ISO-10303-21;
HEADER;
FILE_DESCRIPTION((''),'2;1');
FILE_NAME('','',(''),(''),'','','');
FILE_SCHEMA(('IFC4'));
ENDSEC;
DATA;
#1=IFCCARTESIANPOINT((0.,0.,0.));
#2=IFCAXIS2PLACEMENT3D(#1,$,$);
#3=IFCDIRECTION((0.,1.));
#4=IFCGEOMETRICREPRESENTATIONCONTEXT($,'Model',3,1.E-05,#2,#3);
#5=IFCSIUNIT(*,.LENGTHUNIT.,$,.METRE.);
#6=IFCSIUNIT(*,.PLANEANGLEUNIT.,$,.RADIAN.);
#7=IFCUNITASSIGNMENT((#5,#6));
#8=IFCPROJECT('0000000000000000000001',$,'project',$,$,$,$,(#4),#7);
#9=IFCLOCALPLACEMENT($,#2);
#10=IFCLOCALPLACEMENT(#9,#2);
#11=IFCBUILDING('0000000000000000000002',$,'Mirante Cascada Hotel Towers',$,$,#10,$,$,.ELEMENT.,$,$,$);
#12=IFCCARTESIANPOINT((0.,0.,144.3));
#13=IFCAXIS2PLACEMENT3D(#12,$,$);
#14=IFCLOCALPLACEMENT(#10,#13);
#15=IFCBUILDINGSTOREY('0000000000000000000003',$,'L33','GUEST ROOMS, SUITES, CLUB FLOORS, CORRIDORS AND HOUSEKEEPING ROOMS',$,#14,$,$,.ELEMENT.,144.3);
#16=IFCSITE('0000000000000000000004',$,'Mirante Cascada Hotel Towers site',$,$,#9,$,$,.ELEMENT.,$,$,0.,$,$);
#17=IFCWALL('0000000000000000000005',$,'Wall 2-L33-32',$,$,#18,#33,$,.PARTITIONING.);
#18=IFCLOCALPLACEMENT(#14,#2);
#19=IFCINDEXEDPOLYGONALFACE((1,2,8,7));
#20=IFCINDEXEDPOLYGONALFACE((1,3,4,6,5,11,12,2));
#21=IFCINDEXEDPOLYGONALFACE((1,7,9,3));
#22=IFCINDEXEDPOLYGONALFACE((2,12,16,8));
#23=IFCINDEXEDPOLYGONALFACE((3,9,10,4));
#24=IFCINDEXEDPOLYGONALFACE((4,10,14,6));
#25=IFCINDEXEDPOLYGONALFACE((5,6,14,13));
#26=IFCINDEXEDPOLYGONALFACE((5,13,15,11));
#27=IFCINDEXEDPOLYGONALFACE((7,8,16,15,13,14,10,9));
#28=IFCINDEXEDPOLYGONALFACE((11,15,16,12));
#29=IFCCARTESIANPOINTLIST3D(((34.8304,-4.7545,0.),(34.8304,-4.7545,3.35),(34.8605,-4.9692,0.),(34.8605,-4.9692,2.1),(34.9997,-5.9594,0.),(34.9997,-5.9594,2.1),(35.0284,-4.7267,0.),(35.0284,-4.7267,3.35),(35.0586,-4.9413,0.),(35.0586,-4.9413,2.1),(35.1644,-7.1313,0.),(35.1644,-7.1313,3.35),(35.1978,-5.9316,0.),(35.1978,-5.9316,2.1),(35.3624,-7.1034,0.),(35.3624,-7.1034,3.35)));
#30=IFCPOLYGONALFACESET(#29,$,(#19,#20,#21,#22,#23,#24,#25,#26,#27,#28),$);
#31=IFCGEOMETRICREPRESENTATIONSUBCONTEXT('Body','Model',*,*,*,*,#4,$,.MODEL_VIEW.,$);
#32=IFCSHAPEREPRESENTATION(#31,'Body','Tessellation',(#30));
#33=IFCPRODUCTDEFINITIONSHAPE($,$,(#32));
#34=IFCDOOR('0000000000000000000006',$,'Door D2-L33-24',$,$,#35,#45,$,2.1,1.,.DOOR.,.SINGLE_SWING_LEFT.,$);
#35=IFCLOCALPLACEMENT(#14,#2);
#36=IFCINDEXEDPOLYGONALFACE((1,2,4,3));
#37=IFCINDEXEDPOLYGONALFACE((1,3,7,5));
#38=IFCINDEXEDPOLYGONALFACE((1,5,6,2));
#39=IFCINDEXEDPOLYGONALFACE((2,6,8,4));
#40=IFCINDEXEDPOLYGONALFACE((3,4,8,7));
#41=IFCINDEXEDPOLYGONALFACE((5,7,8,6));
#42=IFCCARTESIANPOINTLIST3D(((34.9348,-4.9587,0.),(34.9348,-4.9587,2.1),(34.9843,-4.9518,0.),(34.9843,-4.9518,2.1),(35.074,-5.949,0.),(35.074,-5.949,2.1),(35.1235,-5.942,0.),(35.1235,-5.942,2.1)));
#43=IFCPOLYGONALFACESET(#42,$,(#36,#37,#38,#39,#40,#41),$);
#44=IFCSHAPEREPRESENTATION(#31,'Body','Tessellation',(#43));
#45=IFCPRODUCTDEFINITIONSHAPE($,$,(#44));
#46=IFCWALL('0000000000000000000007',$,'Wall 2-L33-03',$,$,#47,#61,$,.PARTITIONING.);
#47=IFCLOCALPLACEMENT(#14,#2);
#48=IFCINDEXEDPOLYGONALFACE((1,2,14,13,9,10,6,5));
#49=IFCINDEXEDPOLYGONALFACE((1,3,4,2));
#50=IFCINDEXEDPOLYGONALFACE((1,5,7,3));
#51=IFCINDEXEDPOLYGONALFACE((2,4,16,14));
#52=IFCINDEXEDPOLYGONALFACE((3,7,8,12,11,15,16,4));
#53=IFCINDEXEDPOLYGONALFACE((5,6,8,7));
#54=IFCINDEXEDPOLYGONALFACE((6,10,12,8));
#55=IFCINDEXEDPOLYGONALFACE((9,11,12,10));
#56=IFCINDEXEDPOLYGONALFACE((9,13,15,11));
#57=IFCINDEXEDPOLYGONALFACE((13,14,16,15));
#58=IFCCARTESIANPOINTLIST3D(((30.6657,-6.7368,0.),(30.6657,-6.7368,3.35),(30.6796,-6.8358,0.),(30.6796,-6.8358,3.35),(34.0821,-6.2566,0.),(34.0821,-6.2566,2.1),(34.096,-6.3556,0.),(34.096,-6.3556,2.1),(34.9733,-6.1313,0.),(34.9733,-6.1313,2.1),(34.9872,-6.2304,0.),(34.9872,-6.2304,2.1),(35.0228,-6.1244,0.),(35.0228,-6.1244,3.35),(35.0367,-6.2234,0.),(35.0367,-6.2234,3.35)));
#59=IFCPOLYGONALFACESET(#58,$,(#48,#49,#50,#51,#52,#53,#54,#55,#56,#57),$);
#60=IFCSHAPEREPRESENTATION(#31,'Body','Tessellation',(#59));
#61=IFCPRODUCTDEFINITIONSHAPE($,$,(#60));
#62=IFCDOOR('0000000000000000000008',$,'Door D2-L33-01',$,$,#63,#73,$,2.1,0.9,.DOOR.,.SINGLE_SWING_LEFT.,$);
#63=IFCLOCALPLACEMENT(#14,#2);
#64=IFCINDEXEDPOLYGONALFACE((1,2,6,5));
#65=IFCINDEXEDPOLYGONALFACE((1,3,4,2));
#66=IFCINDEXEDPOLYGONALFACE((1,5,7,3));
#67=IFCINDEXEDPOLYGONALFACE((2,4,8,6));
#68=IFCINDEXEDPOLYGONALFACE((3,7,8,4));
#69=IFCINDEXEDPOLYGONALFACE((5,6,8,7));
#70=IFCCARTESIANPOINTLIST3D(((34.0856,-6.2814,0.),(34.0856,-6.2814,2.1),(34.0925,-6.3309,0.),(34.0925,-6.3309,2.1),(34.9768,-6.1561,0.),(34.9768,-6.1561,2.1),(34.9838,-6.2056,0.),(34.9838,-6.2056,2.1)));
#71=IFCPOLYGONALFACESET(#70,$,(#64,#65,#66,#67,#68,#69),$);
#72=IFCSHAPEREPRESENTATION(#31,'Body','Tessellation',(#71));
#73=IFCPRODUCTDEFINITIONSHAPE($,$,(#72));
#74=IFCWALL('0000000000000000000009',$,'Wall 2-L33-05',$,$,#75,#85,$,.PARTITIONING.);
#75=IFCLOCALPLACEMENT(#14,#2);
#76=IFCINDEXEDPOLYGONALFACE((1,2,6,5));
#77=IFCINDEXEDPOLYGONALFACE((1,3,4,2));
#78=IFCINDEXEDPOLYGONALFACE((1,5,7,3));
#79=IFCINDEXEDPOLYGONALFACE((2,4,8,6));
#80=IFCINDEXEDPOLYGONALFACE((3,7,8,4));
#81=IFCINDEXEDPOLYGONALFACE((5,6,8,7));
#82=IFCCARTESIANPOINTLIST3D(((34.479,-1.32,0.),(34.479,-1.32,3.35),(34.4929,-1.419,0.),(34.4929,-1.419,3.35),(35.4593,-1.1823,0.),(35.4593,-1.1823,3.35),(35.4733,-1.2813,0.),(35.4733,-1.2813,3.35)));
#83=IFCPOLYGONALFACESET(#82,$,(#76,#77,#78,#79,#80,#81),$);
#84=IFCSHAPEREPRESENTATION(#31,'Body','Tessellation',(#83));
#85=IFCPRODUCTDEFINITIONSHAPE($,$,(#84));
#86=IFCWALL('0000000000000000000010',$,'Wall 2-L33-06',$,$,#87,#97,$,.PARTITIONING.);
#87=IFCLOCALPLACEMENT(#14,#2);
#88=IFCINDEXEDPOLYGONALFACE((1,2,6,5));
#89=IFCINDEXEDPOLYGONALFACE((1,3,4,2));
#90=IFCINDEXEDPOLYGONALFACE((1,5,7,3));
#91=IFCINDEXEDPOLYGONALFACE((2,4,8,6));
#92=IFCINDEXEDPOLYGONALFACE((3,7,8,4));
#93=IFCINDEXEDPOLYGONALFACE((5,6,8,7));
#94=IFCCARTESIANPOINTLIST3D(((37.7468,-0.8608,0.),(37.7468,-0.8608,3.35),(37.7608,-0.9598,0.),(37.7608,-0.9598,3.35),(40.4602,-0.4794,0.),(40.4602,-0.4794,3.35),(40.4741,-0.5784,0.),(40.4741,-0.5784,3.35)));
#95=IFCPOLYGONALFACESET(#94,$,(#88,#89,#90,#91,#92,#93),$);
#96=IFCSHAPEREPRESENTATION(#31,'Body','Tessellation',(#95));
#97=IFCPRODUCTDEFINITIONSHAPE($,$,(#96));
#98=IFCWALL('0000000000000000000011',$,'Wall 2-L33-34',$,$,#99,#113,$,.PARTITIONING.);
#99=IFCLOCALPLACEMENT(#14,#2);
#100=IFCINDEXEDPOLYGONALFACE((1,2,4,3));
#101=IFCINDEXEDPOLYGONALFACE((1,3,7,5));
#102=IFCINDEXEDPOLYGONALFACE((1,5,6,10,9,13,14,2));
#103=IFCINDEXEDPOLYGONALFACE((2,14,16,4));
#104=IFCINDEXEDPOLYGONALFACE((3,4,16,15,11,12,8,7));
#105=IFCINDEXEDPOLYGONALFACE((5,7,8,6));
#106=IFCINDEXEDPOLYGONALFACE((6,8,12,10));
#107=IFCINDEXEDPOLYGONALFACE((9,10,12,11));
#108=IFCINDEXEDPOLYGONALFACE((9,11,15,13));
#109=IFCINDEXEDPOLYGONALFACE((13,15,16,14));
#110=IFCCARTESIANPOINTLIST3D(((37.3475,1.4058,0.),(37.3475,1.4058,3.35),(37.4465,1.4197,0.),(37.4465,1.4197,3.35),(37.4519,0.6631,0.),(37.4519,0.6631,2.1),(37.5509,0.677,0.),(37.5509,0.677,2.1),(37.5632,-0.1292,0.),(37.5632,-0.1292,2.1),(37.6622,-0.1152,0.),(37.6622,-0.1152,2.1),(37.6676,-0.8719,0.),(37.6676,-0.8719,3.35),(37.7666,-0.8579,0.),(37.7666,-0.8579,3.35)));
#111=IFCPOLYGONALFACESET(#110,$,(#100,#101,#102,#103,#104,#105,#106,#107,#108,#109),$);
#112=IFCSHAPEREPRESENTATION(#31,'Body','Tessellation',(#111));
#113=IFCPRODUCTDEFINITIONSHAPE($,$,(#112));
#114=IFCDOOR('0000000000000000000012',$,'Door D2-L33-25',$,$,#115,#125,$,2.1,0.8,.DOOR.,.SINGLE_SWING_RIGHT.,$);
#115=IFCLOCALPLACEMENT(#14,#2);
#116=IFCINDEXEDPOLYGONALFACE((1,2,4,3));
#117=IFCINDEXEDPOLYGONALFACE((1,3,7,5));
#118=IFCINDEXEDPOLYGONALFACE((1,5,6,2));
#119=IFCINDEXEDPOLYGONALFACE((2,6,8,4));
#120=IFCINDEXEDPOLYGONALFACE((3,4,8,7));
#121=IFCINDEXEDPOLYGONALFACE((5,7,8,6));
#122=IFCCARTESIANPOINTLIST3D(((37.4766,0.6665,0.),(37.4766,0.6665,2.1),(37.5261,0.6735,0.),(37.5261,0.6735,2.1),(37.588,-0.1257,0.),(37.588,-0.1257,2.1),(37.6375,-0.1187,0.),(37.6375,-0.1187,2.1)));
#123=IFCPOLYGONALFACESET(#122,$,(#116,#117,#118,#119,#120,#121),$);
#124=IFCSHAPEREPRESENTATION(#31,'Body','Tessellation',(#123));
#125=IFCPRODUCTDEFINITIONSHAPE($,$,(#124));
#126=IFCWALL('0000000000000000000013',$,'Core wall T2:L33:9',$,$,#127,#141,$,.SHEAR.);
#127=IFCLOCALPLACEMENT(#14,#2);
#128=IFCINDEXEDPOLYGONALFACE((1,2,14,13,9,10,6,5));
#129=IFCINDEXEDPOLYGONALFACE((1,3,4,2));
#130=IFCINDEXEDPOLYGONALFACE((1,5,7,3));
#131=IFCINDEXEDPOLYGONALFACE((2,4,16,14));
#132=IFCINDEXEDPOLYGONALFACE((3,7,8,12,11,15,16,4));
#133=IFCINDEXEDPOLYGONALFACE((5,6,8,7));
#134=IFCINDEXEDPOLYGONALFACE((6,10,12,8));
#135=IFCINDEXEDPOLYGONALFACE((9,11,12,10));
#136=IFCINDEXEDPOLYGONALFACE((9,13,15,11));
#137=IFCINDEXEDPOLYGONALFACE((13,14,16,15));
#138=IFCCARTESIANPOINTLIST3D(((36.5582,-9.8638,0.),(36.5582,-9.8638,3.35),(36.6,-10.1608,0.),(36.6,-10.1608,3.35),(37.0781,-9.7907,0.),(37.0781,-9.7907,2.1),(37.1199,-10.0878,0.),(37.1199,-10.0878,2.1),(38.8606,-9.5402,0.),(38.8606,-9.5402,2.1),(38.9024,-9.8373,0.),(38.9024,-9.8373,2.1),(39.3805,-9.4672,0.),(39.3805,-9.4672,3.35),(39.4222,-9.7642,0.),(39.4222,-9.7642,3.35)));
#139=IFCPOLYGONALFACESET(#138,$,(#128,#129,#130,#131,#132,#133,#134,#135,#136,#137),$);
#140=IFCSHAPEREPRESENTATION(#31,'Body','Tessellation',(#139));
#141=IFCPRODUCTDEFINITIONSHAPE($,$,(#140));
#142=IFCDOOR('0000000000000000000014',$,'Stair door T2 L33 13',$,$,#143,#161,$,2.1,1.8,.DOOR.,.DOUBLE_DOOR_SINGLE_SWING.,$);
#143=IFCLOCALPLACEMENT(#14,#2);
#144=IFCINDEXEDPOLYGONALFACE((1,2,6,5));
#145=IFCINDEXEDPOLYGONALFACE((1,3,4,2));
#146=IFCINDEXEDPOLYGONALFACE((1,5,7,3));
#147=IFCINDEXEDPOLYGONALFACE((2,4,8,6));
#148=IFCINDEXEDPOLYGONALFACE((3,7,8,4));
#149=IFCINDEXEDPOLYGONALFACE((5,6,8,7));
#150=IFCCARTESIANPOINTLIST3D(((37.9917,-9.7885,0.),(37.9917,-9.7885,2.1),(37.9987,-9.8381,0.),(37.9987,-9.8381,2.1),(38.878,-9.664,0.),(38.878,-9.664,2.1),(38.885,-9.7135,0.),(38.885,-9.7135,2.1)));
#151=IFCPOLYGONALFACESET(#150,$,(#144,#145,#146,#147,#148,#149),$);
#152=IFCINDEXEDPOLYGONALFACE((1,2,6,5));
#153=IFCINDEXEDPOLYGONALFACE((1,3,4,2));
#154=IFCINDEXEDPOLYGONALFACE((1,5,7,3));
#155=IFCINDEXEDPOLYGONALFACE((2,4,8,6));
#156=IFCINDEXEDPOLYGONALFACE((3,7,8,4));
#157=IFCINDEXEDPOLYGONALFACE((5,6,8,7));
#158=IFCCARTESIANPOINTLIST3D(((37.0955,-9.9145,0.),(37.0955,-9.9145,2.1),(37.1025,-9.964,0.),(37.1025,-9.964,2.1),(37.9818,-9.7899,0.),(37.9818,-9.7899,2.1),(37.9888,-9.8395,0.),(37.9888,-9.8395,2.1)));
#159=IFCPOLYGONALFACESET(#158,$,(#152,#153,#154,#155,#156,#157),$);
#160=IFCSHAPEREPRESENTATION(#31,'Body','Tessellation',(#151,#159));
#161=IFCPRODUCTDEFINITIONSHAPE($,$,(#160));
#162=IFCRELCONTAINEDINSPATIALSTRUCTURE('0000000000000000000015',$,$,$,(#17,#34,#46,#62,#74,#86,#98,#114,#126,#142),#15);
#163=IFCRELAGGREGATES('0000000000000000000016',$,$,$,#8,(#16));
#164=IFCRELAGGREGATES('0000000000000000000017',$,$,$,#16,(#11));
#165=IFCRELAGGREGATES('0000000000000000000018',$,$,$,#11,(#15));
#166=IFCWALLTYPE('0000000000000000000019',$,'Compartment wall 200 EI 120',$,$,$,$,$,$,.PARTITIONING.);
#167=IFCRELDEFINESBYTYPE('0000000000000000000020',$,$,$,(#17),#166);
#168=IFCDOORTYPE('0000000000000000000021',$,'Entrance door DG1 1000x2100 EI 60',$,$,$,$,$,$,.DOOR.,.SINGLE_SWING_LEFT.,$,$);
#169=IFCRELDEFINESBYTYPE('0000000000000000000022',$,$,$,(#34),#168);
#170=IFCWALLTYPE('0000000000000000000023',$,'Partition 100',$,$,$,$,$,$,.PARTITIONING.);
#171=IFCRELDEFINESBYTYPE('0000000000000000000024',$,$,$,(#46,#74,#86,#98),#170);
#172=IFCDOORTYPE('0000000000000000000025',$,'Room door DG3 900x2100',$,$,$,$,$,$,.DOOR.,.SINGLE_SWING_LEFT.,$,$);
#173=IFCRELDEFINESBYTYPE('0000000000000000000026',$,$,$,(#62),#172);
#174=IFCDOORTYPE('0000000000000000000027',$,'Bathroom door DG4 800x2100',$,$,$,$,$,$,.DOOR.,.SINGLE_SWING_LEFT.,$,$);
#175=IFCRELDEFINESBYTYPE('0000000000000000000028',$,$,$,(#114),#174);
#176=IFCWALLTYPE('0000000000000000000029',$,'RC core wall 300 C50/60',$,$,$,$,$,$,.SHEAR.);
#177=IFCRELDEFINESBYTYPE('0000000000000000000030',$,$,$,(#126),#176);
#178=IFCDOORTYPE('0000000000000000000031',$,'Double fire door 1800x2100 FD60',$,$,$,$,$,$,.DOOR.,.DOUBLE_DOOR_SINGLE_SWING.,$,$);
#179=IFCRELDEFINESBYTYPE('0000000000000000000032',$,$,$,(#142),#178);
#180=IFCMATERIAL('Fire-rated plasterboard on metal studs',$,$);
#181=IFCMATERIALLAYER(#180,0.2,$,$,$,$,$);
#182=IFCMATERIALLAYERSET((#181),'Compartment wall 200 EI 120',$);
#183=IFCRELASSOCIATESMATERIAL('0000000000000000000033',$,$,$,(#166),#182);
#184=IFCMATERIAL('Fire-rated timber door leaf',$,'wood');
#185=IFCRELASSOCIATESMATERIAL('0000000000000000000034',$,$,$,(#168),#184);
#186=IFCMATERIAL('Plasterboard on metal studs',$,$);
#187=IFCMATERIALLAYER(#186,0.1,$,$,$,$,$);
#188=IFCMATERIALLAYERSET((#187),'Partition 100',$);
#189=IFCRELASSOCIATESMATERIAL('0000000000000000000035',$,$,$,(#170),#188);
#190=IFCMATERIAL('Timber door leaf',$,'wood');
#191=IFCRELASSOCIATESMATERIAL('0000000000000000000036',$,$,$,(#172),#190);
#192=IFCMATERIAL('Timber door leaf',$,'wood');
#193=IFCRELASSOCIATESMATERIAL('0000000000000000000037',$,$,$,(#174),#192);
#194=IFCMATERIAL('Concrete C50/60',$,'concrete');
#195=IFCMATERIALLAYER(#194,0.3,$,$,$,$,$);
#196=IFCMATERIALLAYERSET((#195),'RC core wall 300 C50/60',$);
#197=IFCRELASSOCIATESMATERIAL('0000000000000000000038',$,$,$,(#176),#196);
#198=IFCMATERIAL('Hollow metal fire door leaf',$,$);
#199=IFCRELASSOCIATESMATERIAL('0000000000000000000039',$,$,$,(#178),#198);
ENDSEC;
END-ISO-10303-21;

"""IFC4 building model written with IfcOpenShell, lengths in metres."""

from ifc_helpers import new_model, si_unit, direction, frame, frame_2d, origin, place, context, subcontext, project, spatial, rectangle, extrude, material, layer, layer_set, type_object, element, fill, save


model = new_model("IFC4")

# Units and contexts
model_context = context("Model", 3, precision=1e-05, world=origin(), true_north=direction((0.0, 1.0)))
body_context = subcontext(model_context, "Body", "Model", "MODEL_VIEW")
ifc_project = project(units=[si_unit("LENGTHUNIT", "METRE"), si_unit("PLANEANGLEUNIT", "RADIAN")], contexts=[model_context])

# Site, building, storey
site_placement = place(None, origin())
site = spatial("IfcSite", under=ifc_project, at=site_placement, Name="Mirante Cascada Hotel Towers site", CompositionType="ELEMENT", RefElevation=0.0)
building_placement = place(site_placement, origin())
building = spatial("IfcBuilding", under=site, at=building_placement, Name="Mirante Cascada Hotel Towers", CompositionType="ELEMENT")
storey_placement = place(building_placement, frame((0.0, 0.0, 144.3)))
storey = spatial("IfcBuildingStorey", under=building, at=storey_placement, Name="L33", Description="GUEST ROOMS, SUITES, CLUB FLOORS, CORRIDORS AND HOUSEKEEPING ROOMS", CompositionType="ELEMENT", Elevation=144.3)

# Walls, openings, doors
ifc_material_1 = material(Name="Fire-rated plasterboard on metal studs")
ifc_layer_1 = layer(ifc_material_1, 0.2)
ifc_layer_set_1 = layer_set([ifc_layer_1], Name="Compartment wall 200 EI 120")
wall_type_1 = type_object("IfcWallType", Name="Compartment wall 200 EI 120", PredefinedType="PARTITIONING", material=ifc_layer_set_1)
wall_1_placement = place(storey_placement, frame((35.2634, -7.1173, 0.0), z_axis=(0.0, 0.0, 1.0), x_axis=(-0.139163, 0.990269, 0.0)))
wall_1 = element("IfcWall", 1, at=wall_1_placement, inside=storey, type_object=wall_type_1, Name="Wall 2-L33-32", PredefinedType="PARTITIONING", context=body_context, shape_type="SweptSolid", body=[
    extrude(rectangle(XDim=2.4001, YDim=0.2, at=frame_2d((1.2, 0.0))), origin(), (0.0, 0.0, 1.0), 3.35),
])
opening_1_placement = place(wall_1_placement, frame((1.1833, 0.0, 0.0)))
opening_1 = element("IfcOpeningElement", 2, at=opening_1_placement, cuts=wall_1, PredefinedType="OPENING", context=body_context, shape_type="SweptSolid", body=[
    extrude(rectangle(XDim=1.0, YDim=2.1, at=frame_2d((0.5, 1.05))), frame((0.0, 0.1, 0.0), z_axis=(0.0, -1.0, 0.0), x_axis=(1.0, 0.0, 0.0)), (0.0, 0.0, 1.0), 0.2),
])
ifc_material_2 = material(Name="Fire-rated timber door leaf", Category="wood")
door_type_1 = type_object("IfcDoorType", Name="Entrance door DG1 1000x2100 EI 60", OperationType="SINGLE_SWING_LEFT", PredefinedType="DOOR", material=ifc_material_2)
door_1_placement = place(opening_1_placement, origin())
door_1 = element("IfcDoor", 3, at=door_1_placement, inside=storey, type_object=door_type_1, Name="Door D2-L33-24", OperationType="SINGLE_SWING_LEFT", OverallHeight=2.1, OverallWidth=1.0, PredefinedType="DOOR", context=body_context, shape_type="SweptSolid", body=[
    extrude(rectangle(XDim=1.0, YDim=2.1, at=frame_2d((0.5, 1.05))), frame((0.0, 0.025, 0.0), z_axis=(0.0, -1.0, 0.0), x_axis=(1.0, 0.0, 0.0)), (0.0, 0.0, 1.0), 0.05),
])
fill(opening_1, door_1)
ifc_material_3 = material(Name="Plasterboard on metal studs")
ifc_layer_2 = layer(ifc_material_3, 0.1)
ifc_layer_set_2 = layer_set([ifc_layer_2], Name="Partition 100")
wall_type_2 = type_object("IfcWallType", Name="Partition 100", PredefinedType="PARTITIONING", material=ifc_layer_set_2)
wall_2_placement = place(storey_placement, frame((35.0298, -6.1739, 0.0), z_axis=(0.0, 0.0, 1.0), x_axis=(-0.990267, -0.139184, 0.0)))
wall_2 = element("IfcWall", 4, at=wall_2_placement, inside=storey, type_object=wall_type_2, Name="Wall 2-L33-03", PredefinedType="PARTITIONING", context=body_context, shape_type="SweptSolid", body=[
    extrude(rectangle(XDim=4.3999, YDim=0.1, at=frame_2d((2.2, 0.0))), origin(), (0.0, 0.0, 1.0), 3.35),
])
opening_2_placement = place(wall_2_placement, frame((0.05, 0.0, 0.0)))
opening_2 = element("IfcOpeningElement", 5, at=opening_2_placement, cuts=wall_2, PredefinedType="OPENING", context=body_context, shape_type="SweptSolid", body=[
    extrude(rectangle(XDim=0.9, YDim=2.1, at=frame_2d((0.45, 1.05))), frame((0.0, 0.05, 0.0), z_axis=(0.0, -1.0, 0.0), x_axis=(1.0, 0.0, 0.0)), (0.0, 0.0, 1.0), 0.1),
])
ifc_material_4 = material(Name="Timber door leaf", Category="wood")
door_type_2 = type_object("IfcDoorType", Name="Room door DG3 900x2100", OperationType="SINGLE_SWING_LEFT", PredefinedType="DOOR", material=ifc_material_4)
door_2_placement = place(opening_2_placement, origin())
door_2 = element("IfcDoor", 6, at=door_2_placement, inside=storey, type_object=door_type_2, Name="Door D2-L33-01", OperationType="SINGLE_SWING_LEFT", OverallHeight=2.1, OverallWidth=0.9, PredefinedType="DOOR", context=body_context, shape_type="SweptSolid", body=[
    extrude(rectangle(XDim=0.9, YDim=2.1, at=frame_2d((0.45, 1.05))), frame((0.0, 0.025, 0.0), z_axis=(0.0, -1.0, 0.0), x_axis=(1.0, 0.0, 0.0)), (0.0, 0.0, 1.0), 0.05),
])
fill(opening_2, door_2)

# Walls
wall_3_placement = place(storey_placement, frame((35.4663, -1.2318, 0.0), z_axis=(0.0, 0.0, 1.0), x_axis=(-0.99028, -0.139088, 0.0)))
element("IfcWall", 7, at=wall_3_placement, inside=storey, type_object=wall_type_2, Name="Wall 2-L33-05", PredefinedType="PARTITIONING", context=body_context, shape_type="SweptSolid", body=[
    extrude(rectangle(XDim=0.99, YDim=0.1, at=frame_2d((0.495, 0.0))), origin(), (0.0, 0.0, 1.0), 3.35),
])
wall_4_placement = place(storey_placement, frame((37.7538, -0.9103, 0.0), z_axis=(0.0, 0.0, 1.0), x_axis=(0.990264, 0.139198, 0.0)))
element("IfcWall", 8, at=wall_4_placement, inside=storey, type_object=wall_type_2, Name="Wall 2-L33-06", PredefinedType="PARTITIONING", context=body_context, shape_type="SweptSolid", body=[
    extrude(rectangle(XDim=2.74, YDim=0.1, at=frame_2d((1.37, 0.0))), origin(), (0.0, 0.0, 1.0), 3.35),
])

# Walls, openings, doors
wall_5_placement = place(storey_placement, frame((37.7171, -0.8649, 0.0), z_axis=(0.0, 0.0, 1.0), x_axis=(-0.139175, 0.990268, 0.0)))
wall_5 = element("IfcWall", 9, at=wall_5_placement, inside=storey, type_object=wall_type_2, Name="Wall 2-L33-34", PredefinedType="PARTITIONING", context=body_context, shape_type="SweptSolid", body=[
    extrude(rectangle(XDim=2.3, YDim=0.1, at=frame_2d((1.15, 0.0))), origin(), (0.0, 0.0, 1.0), 3.35),
])
opening_3_placement = place(wall_5_placement, frame((0.75, 0.0, 0.0)))
opening_3 = element("IfcOpeningElement", 10, at=opening_3_placement, cuts=wall_5, PredefinedType="OPENING", context=body_context, shape_type="SweptSolid", body=[
    extrude(rectangle(XDim=0.8, YDim=2.1, at=frame_2d((0.4, 1.05))), frame((0.0, 0.05, 0.0), z_axis=(0.0, -1.0, 0.0), x_axis=(1.0, 0.0, 0.0)), (0.0, 0.0, 1.0), 0.1),
])
ifc_material_5 = material(Name="Timber door leaf", Category="wood")
door_type_3 = type_object("IfcDoorType", Name="Bathroom door DG4 800x2100", OperationType="SINGLE_SWING_LEFT", PredefinedType="DOOR", material=ifc_material_5)
door_3_placement = place(opening_3_placement, frame((0.8, 0.0, 0.0), z_axis=(0.0, 0.0, 1.0), x_axis=(-1.0, 0.0, 0.0)))
door_3 = element("IfcDoor", 11, at=door_3_placement, inside=storey, type_object=door_type_3, Name="Door D2-L33-25", OperationType="SINGLE_SWING_RIGHT", OverallHeight=2.1, OverallWidth=0.8, PredefinedType="DOOR", context=body_context, shape_type="SweptSolid", body=[
    extrude(rectangle(XDim=0.8, YDim=2.1, at=frame_2d((0.4, 1.05))), frame((0.0, 0.025, 0.0), z_axis=(0.0, -1.0, 0.0), x_axis=(1.0, 0.0, 0.0)), (0.0, 0.0, 1.0), 0.05),
])
fill(opening_3, door_3)
ifc_material_6 = material(Name="Concrete C50/60", Category="concrete")
ifc_layer_3 = layer(ifc_material_6, 0.3)
ifc_layer_set_3 = layer_set([ifc_layer_3], Name="RC core wall 300 C50/60")
wall_type_3 = type_object("IfcWallType", Name="RC core wall 300 C50/60", PredefinedType="SHEAR", material=ifc_layer_set_3)
wall_6_placement = place(storey_placement, frame((36.5791, -10.0123, 0.0), z_axis=(0.0, 0.0, 1.0), x_axis=(0.99027, 0.139156, 0.0)))
wall_6 = element("IfcWall", 12, at=wall_6_placement, inside=storey, type_object=wall_type_3, Name="Core wall T2:L33:9", PredefinedType="SHEAR", context=body_context, shape_type="SweptSolid", body=[
    extrude(rectangle(XDim=2.85, YDim=0.3, at=frame_2d((1.425, 0.0))), origin(), (0.0, 0.0, 1.0), 3.35),
])
opening_4_placement = place(wall_6_placement, frame((0.525, 0.0, 0.0)))
opening_4 = element("IfcOpeningElement", 13, at=opening_4_placement, cuts=wall_6, PredefinedType="OPENING", context=body_context, shape_type="SweptSolid", body=[
    extrude(rectangle(XDim=1.8, YDim=2.1, at=frame_2d((0.9, 1.05))), frame((0.0, 0.15, 0.0), z_axis=(0.0, -1.0, 0.0), x_axis=(1.0, 0.0, 0.0)), (0.0, 0.0, 1.0), 0.3),
])
ifc_material_7 = material(Name="Hollow metal fire door leaf")
door_type_4 = type_object("IfcDoorType", Name="Double fire door 1800x2100 FD60", OperationType="DOUBLE_DOOR_SINGLE_SWING", PredefinedType="DOOR", material=ifc_material_7)
door_4_placement = place(opening_4_placement, frame((1.8, 0.0, 0.0), z_axis=(0.0, 0.0, 1.0), x_axis=(-1.0, 0.0, 0.0)))
door_4 = element("IfcDoor", 14, at=door_4_placement, inside=storey, type_object=door_type_4, Name="Stair door T2 L33 13", OperationType="DOUBLE_DOOR_SINGLE_SWING", OverallHeight=2.1, OverallWidth=1.8, PredefinedType="DOOR", context=body_context, shape_type="SweptSolid", body=[
    extrude(rectangle(XDim=0.895, YDim=2.1, at=frame_2d((0.4475, 1.05))), frame((0.0, 0.025, 0.0), z_axis=(0.0, -1.0, 0.0), x_axis=(1.0, 0.0, 0.0)), (0.0, 0.0, 1.0), 0.05),
    extrude(rectangle(XDim=0.895, YDim=2.1, at=frame_2d((1.3525, 1.05))), frame((0.0, 0.025, 0.0), z_axis=(0.0, -1.0, 0.0), x_axis=(1.0, 0.0, 0.0)), (0.0, 0.0, 1.0), 0.05),
])
fill(opening_4, door_4)

save(model, "model.ifc")
